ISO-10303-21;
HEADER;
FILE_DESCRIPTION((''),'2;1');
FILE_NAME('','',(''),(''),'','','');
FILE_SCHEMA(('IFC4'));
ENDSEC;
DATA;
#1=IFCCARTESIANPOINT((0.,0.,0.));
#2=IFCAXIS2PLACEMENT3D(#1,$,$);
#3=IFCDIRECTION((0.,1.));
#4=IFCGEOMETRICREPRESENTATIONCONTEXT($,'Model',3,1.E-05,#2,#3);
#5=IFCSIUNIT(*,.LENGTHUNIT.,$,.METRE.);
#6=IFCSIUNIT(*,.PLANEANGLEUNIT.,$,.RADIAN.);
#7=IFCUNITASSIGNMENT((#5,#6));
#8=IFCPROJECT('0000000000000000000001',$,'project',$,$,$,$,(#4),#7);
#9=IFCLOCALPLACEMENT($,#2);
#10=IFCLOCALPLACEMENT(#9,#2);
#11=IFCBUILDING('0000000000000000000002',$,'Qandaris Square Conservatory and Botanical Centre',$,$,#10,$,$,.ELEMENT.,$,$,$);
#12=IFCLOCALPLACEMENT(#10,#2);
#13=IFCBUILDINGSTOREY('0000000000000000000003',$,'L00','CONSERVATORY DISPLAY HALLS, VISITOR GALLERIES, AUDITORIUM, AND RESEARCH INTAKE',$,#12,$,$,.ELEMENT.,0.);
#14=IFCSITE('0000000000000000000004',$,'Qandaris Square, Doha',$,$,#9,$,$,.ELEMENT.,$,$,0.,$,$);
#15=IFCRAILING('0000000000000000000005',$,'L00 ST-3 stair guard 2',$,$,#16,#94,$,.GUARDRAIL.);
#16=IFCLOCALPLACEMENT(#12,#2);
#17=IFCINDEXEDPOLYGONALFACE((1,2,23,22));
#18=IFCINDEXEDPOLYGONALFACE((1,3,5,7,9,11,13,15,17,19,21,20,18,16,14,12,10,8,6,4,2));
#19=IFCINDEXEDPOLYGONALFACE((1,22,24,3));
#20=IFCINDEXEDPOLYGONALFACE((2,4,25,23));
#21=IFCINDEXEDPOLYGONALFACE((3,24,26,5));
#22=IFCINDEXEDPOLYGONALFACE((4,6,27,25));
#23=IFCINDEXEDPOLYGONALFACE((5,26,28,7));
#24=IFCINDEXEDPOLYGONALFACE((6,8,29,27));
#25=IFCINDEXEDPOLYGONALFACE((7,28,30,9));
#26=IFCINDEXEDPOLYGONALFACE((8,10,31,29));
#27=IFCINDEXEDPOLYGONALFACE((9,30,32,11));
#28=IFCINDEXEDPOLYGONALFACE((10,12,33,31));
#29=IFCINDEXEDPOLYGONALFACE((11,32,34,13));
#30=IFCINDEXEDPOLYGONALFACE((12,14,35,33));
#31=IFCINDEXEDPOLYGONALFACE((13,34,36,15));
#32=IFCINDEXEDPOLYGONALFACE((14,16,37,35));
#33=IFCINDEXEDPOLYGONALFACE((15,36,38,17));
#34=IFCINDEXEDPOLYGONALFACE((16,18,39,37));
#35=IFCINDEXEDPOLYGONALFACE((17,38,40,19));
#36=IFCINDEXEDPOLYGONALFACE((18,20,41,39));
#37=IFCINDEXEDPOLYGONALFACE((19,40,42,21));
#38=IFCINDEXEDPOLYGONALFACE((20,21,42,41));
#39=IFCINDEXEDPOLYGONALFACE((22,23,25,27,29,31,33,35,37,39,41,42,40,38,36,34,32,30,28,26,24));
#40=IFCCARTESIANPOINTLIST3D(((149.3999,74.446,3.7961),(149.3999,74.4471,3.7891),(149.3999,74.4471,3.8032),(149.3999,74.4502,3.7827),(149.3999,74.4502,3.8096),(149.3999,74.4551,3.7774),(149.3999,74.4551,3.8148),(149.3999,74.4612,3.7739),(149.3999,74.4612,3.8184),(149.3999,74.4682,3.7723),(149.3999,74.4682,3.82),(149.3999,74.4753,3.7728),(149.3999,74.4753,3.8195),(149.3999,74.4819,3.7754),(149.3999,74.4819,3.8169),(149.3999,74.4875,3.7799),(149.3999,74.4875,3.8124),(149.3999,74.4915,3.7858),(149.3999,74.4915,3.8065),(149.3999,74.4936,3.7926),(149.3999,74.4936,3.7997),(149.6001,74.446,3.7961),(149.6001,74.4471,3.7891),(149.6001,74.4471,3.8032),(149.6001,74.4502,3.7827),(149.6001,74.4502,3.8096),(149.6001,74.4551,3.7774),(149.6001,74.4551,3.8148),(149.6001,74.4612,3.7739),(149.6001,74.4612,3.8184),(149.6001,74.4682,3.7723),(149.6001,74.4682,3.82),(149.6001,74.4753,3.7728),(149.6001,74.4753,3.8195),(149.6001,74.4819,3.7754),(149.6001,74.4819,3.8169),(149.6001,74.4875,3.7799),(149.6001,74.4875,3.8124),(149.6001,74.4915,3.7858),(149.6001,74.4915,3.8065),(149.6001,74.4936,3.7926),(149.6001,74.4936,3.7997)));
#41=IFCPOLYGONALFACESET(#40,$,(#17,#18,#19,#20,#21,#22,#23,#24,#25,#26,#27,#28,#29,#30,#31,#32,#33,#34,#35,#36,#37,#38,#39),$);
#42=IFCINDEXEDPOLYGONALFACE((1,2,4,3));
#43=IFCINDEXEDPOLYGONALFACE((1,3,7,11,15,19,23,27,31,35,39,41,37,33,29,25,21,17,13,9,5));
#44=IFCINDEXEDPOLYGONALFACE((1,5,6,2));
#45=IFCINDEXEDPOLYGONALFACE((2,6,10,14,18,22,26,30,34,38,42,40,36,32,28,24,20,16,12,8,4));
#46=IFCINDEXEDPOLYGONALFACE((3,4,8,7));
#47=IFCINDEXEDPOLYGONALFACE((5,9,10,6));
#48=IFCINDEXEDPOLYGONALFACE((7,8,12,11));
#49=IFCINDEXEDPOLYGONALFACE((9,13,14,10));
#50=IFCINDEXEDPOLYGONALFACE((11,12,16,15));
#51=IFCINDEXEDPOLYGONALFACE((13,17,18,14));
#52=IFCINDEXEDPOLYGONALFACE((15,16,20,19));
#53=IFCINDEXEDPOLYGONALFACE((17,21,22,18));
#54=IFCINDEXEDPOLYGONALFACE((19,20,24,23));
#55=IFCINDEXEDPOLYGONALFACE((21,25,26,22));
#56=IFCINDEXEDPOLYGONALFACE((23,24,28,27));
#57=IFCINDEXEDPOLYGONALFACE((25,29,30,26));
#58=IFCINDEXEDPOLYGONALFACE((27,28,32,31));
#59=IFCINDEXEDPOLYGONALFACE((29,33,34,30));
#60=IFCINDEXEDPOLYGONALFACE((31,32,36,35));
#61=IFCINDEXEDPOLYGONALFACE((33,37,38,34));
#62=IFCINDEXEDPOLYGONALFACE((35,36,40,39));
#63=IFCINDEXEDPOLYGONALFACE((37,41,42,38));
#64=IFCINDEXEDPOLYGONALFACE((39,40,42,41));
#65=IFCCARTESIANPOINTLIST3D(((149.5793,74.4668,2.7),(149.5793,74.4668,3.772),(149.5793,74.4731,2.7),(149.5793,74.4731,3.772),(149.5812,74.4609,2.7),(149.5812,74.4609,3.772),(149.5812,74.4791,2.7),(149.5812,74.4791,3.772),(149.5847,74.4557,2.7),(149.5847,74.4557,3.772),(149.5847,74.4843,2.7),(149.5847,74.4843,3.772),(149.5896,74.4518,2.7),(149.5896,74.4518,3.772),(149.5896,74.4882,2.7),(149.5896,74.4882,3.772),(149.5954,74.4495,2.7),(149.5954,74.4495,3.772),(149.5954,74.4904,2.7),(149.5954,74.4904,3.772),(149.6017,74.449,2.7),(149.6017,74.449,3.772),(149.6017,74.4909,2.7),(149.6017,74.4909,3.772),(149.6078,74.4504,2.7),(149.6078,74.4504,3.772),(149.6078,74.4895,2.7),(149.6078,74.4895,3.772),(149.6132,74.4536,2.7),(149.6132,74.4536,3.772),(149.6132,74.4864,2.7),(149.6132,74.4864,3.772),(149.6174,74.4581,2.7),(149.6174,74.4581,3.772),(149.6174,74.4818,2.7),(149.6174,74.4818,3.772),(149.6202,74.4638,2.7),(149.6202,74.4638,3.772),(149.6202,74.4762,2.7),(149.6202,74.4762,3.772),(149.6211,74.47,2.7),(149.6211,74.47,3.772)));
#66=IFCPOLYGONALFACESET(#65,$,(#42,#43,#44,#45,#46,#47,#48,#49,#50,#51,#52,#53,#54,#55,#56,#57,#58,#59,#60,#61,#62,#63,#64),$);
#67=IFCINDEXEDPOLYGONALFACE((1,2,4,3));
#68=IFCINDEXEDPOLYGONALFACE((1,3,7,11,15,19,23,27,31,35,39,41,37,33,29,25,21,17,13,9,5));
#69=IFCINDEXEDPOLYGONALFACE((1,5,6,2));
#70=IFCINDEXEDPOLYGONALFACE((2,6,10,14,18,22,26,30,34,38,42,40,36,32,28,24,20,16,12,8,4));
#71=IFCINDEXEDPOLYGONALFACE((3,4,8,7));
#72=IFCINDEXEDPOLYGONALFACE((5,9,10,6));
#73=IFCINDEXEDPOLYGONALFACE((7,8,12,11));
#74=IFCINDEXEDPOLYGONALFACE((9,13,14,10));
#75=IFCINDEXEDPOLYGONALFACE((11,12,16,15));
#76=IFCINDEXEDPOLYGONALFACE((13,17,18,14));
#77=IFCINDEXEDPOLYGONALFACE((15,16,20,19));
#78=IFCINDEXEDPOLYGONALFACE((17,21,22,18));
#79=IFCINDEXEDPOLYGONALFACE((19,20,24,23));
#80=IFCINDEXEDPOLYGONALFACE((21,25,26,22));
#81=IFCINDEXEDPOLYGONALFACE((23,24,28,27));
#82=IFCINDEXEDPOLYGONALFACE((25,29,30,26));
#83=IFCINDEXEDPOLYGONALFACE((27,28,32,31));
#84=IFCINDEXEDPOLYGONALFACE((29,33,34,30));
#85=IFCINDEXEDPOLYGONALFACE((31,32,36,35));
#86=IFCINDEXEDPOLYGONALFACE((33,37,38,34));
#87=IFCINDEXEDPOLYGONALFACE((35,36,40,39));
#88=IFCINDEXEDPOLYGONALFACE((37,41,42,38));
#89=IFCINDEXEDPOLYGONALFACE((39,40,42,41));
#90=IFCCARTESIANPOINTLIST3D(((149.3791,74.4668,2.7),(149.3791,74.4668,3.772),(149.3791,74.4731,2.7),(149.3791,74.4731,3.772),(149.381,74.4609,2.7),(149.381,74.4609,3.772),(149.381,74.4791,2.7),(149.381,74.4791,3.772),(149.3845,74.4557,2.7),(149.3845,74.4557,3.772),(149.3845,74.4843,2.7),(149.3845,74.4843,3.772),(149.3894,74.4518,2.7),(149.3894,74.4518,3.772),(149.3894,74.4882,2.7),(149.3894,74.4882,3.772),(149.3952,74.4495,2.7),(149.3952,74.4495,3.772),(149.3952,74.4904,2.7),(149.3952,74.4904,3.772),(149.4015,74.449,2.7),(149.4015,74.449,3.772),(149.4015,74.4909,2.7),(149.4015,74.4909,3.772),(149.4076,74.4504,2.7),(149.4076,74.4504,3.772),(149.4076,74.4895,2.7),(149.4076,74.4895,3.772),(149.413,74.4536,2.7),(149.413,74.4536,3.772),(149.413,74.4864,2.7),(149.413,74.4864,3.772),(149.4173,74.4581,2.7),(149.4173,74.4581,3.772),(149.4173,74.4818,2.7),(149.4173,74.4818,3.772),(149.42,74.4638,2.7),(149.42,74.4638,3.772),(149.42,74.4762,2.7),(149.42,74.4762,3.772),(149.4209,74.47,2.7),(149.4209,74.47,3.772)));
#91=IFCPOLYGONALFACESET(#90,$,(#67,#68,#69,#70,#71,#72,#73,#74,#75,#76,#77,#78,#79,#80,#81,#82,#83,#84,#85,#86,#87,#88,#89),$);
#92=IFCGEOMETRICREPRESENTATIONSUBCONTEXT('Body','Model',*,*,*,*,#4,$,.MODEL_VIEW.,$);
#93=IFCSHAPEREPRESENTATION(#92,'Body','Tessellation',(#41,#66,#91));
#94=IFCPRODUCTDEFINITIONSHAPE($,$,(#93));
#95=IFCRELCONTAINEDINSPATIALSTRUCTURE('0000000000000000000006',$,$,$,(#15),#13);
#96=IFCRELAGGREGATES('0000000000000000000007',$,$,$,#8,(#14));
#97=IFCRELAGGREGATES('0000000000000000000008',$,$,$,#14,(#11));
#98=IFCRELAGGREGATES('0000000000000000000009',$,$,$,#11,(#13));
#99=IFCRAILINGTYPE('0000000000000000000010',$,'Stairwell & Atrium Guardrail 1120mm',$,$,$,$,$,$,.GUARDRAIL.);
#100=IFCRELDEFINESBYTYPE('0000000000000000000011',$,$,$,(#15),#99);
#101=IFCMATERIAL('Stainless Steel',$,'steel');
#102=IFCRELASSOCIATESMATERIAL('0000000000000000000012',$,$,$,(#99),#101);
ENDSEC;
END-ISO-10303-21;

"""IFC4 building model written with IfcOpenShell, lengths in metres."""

from ifc_helpers import new_model, si_unit, direction, frame, origin, origin_2d, place, context, subcontext, project, spatial, circle, extrude, material, type_object, element, save


model = new_model("IFC4")

# Units and contexts
model_context = context("Model", 3, precision=1e-05, world=origin(), true_north=direction((0.0, 1.0)))
body_context = subcontext(model_context, "Body", "Model", "MODEL_VIEW")
ifc_project = project(units=[si_unit("LENGTHUNIT", "METRE"), si_unit("PLANEANGLEUNIT", "RADIAN")], contexts=[model_context])

# Site, building, storey
site_placement = place(None, origin())
site = spatial("IfcSite", under=ifc_project, at=site_placement, Name="Qandaris Square, Doha", CompositionType="ELEMENT", RefElevation=0.0)
building_placement = place(site_placement, origin())
building = spatial("IfcBuilding", under=site, at=building_placement, Name="Qandaris Square Conservatory and Botanical Centre", CompositionType="ELEMENT")
storey_placement = place(building_placement, origin())
storey = spatial("IfcBuildingStorey", under=building, at=storey_placement, Name="L00", Description="CONSERVATORY DISPLAY HALLS, VISITOR GALLERIES, AUDITORIUM, AND RESEARCH INTAKE", CompositionType="ELEMENT", Elevation=0.0)

# Railing
ifc_material_1 = material(Name="Stainless Steel", Category="steel")
railing_type_1 = type_object("IfcRailingType", Name="Stairwell & Atrium Guardrail 1120mm", PredefinedType="GUARDRAIL", material=ifc_material_1)
railing_1_placement = place(storey_placement, frame((149.6001, 74.47, 2.7)))
element("IfcRailing", 1, at=railing_1_placement, inside=storey, type_object=railing_type_1, Name="L00 ST-3 stair guard 2", PredefinedType="GUARDRAIL", context=body_context, shape_type="SweptSolid", body=[
    extrude(circle(Radius=0.0239, at=origin_2d()), frame((0.0, 0.0, 1.0962), z_axis=(-1.0, 0.0, 0.0), x_axis=(0.0, -1.0, 0.0)), (0.0, 0.0, 1.0), 0.2002),
    extrude(circle(Radius=0.021, at=origin_2d()), origin(), (0.0, 0.0, 1.0), 1.072),
    extrude(circle(Radius=0.021, at=origin_2d()), frame((-0.2002, 0.0, 0.0)), (0.0, 0.0, 1.0), 1.072),
])

save(model, "model.ifc")
